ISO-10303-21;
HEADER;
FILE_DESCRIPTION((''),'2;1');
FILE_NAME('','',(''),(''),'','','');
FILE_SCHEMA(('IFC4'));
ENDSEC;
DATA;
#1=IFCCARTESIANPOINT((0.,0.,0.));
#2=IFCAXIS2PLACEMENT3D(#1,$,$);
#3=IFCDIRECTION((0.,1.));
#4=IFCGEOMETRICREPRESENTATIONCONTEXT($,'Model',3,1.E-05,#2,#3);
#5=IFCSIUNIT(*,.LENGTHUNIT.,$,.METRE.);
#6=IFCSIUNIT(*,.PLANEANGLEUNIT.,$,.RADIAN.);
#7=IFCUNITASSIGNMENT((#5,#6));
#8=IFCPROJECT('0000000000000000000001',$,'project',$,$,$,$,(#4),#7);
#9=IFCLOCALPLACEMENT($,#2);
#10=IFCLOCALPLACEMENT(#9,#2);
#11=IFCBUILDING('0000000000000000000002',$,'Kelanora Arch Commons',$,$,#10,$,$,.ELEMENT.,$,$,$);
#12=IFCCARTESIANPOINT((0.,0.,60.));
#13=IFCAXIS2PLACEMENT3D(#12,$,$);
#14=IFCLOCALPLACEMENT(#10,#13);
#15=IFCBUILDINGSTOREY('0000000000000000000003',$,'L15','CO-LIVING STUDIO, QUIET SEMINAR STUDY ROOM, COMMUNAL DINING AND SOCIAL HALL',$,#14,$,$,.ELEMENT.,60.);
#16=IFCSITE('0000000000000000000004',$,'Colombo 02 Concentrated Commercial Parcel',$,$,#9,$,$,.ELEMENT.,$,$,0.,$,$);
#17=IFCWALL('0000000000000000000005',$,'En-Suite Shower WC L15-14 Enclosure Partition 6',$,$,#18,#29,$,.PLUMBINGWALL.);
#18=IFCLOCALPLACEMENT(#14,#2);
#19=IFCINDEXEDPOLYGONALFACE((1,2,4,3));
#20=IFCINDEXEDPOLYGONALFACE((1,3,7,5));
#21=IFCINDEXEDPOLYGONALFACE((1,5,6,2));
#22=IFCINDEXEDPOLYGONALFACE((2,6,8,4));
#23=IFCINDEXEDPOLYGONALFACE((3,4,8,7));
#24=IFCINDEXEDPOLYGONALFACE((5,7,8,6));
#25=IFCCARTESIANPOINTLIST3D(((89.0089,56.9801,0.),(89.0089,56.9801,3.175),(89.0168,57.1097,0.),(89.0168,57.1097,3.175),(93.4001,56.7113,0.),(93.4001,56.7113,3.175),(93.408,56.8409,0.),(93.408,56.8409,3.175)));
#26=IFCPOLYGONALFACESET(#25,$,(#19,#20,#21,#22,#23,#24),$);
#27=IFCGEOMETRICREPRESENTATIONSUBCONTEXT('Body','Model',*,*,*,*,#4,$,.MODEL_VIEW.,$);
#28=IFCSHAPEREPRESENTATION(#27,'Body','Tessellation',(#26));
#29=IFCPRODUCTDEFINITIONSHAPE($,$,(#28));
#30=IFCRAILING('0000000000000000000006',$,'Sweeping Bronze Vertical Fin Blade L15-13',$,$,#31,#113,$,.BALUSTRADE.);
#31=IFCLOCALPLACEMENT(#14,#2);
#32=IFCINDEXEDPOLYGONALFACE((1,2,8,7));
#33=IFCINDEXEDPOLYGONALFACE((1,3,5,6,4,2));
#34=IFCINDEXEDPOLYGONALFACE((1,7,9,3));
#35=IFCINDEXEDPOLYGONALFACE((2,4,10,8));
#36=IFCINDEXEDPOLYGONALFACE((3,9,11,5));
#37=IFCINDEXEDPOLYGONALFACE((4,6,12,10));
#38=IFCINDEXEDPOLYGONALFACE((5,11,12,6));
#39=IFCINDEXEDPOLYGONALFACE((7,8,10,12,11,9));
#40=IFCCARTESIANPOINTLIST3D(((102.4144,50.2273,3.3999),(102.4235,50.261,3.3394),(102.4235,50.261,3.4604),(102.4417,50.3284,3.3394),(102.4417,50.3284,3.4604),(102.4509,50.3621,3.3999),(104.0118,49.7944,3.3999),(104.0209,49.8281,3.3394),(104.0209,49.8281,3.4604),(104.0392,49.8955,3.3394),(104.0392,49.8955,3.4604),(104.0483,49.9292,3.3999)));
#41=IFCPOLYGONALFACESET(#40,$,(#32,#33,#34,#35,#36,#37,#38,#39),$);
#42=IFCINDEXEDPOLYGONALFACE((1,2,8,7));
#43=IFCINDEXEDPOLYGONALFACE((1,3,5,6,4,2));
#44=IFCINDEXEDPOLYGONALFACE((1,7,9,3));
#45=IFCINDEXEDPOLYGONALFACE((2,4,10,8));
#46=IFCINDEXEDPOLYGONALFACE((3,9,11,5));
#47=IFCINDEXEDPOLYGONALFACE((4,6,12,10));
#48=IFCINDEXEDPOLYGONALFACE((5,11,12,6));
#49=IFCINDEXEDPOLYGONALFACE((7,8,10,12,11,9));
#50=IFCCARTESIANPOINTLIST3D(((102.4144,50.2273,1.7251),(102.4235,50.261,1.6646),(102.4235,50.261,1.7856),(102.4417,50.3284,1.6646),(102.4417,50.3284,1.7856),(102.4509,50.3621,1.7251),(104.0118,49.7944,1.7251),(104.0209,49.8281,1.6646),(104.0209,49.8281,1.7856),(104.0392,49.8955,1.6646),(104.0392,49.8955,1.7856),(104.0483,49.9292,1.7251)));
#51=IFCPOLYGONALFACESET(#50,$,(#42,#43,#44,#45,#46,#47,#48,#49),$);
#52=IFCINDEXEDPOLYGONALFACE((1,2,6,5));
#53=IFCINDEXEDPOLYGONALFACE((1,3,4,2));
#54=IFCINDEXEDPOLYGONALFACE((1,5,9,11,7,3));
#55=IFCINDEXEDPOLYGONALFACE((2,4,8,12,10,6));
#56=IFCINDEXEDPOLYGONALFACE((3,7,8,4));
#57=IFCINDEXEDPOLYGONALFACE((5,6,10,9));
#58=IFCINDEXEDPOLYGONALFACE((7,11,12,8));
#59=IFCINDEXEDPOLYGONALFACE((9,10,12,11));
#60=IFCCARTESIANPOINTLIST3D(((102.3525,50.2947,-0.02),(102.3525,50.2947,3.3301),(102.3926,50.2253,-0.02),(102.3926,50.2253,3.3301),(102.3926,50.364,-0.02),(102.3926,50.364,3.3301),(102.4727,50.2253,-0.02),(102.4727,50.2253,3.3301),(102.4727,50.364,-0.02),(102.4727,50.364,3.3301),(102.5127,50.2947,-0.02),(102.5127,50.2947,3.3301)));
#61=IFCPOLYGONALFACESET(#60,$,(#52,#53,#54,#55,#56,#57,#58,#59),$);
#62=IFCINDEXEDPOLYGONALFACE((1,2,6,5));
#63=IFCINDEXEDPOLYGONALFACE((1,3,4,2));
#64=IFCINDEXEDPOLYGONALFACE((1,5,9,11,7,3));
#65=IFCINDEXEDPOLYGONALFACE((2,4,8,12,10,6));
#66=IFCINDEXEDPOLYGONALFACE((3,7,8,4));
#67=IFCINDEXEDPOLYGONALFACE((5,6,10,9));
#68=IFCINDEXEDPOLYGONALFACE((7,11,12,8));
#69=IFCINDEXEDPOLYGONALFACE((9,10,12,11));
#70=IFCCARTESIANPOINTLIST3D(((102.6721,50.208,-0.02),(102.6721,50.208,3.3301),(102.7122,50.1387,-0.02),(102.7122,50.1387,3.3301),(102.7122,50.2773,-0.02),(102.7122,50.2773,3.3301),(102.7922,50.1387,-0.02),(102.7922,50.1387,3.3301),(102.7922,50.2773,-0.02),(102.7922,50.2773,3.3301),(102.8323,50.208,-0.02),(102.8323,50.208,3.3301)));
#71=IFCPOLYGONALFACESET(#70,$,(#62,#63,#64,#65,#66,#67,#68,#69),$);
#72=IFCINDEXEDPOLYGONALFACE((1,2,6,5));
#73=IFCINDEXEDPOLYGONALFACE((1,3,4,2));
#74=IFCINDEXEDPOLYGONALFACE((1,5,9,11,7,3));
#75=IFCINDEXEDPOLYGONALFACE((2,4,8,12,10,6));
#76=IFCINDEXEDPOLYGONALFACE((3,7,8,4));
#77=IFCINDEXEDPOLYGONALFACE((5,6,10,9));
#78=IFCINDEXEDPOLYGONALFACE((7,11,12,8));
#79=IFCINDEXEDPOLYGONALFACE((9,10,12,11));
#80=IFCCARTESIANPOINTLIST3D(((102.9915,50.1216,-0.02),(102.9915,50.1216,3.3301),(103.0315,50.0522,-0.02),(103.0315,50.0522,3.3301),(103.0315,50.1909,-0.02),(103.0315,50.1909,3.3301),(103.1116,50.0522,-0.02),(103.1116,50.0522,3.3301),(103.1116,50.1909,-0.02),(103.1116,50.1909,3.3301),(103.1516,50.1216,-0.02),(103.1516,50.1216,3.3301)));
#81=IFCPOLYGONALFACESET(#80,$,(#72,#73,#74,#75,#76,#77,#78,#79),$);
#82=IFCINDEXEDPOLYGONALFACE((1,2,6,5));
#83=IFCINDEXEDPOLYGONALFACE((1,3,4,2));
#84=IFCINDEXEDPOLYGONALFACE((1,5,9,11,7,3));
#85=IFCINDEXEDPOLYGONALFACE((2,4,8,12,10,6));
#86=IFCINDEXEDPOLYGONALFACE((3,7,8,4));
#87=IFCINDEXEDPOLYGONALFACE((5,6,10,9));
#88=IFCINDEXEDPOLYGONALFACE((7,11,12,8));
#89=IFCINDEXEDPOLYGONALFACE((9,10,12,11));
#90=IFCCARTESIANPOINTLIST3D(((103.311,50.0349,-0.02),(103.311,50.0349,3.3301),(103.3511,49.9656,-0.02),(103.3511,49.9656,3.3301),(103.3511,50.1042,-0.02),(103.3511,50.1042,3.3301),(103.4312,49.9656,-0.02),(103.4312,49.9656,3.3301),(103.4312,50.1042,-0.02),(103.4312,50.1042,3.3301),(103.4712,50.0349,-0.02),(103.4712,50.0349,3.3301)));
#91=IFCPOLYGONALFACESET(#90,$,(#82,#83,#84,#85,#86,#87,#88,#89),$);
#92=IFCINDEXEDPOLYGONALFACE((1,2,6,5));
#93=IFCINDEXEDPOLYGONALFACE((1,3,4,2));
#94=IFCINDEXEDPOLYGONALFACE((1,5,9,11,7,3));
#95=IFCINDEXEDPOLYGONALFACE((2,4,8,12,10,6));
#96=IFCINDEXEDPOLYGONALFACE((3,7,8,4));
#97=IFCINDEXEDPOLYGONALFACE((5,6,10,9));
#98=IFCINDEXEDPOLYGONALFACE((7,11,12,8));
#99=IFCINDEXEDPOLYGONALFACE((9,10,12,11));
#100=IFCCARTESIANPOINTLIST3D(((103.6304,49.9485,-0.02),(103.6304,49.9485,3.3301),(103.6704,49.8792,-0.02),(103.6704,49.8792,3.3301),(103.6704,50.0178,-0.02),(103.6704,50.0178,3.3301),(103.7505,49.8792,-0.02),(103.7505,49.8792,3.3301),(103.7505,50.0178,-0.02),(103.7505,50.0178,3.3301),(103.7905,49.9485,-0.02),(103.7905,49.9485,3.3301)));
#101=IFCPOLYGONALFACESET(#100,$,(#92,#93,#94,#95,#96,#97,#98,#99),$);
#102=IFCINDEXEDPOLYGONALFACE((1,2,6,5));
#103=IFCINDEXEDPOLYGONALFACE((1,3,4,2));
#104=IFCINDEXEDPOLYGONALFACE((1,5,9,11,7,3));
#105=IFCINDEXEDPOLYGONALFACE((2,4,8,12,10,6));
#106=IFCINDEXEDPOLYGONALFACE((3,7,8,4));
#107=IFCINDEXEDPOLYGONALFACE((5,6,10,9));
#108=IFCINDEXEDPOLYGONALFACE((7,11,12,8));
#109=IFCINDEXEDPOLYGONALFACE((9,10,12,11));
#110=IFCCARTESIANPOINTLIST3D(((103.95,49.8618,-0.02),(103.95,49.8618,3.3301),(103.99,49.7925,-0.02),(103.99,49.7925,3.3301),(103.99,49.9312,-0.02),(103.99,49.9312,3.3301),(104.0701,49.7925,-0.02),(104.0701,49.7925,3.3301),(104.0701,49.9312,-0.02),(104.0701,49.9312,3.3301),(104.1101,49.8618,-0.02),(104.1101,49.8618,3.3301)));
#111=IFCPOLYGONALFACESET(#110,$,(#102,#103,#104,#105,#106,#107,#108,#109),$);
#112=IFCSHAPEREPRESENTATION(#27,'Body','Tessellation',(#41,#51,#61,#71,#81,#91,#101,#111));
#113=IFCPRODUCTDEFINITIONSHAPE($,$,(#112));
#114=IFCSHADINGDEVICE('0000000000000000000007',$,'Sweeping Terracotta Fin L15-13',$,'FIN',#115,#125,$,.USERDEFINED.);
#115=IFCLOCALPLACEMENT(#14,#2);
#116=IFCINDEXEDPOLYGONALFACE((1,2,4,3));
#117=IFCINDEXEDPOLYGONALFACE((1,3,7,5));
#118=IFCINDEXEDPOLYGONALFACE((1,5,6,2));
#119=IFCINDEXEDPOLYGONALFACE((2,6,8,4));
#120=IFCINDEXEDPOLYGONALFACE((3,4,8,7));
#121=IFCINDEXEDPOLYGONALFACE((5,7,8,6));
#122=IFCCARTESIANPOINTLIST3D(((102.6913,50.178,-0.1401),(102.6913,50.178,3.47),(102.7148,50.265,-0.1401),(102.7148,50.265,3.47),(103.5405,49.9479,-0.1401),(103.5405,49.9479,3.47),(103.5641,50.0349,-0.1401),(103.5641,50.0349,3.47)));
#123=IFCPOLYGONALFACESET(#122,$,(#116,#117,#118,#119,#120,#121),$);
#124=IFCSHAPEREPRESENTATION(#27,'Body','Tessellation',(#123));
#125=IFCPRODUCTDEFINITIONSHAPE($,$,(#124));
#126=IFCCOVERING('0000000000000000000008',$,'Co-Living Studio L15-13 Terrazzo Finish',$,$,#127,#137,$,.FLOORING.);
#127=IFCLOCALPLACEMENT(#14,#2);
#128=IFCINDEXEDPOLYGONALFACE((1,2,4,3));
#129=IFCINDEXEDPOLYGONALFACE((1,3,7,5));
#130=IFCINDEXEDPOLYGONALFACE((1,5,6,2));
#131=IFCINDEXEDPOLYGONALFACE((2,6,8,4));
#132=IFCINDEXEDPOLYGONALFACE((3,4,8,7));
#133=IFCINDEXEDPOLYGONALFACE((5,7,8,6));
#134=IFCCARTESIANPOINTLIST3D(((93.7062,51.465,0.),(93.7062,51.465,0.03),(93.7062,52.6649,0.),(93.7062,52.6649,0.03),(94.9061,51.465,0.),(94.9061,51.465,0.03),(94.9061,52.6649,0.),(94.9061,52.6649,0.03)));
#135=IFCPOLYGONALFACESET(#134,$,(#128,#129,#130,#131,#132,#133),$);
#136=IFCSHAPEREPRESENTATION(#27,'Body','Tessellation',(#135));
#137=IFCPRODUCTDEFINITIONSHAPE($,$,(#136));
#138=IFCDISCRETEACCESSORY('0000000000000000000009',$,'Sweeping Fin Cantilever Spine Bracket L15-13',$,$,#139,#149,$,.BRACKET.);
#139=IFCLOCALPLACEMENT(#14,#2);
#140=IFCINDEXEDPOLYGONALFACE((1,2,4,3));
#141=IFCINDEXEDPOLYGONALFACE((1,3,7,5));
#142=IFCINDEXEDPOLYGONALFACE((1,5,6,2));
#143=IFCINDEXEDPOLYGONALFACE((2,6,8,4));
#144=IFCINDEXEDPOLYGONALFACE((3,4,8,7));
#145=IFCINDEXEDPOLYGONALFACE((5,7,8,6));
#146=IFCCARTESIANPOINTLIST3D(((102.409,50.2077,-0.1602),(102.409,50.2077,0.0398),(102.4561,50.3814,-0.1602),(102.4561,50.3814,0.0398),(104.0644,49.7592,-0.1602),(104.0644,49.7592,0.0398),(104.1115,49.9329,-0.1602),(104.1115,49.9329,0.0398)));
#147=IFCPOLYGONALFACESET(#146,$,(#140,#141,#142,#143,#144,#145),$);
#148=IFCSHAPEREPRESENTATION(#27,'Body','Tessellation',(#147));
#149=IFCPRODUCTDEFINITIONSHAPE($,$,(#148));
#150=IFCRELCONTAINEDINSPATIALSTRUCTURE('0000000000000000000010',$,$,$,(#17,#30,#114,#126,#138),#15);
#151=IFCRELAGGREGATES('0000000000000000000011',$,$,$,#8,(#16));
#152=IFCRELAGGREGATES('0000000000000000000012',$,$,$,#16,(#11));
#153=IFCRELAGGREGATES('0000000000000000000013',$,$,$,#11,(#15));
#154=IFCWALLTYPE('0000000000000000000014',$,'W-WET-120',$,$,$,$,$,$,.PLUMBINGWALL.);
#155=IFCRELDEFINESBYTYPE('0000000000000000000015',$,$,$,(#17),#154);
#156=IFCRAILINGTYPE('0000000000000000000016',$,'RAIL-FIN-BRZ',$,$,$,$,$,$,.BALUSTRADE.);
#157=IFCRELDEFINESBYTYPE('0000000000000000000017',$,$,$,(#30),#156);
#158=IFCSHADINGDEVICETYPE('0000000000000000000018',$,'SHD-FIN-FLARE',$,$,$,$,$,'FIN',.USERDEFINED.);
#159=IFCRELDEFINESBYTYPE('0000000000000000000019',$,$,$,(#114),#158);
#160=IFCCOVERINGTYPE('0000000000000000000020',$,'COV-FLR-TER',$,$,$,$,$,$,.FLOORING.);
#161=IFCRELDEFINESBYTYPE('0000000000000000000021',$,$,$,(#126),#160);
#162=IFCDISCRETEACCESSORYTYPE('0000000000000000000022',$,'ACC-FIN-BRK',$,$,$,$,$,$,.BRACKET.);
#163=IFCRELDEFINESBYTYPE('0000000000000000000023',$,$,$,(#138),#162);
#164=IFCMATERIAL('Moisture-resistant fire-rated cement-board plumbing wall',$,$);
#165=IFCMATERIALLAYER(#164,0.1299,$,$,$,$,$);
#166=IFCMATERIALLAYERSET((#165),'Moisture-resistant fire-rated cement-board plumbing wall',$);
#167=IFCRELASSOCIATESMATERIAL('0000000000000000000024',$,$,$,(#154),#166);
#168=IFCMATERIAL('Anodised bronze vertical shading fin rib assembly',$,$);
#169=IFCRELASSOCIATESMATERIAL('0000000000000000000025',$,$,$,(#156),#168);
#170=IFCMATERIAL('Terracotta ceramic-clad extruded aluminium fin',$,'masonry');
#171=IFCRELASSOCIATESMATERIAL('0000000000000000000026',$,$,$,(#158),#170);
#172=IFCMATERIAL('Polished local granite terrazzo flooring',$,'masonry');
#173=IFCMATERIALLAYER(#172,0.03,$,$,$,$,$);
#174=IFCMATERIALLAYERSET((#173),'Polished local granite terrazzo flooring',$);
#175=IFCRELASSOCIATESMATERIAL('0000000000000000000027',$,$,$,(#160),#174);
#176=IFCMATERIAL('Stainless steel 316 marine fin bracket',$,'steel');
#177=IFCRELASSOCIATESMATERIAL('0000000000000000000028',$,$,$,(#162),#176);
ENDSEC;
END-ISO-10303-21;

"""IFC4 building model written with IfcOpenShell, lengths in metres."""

from ifc_helpers import new_model, si_unit, direction, frame, frame_2d, origin, origin_2d, place, context, subcontext, project, spatial, polyline, rectangle, outline, extrude, source, transform, mapped, material, layer, layer_set, type_object, element, save


model = new_model("IFC4")

# Units and contexts
model_context = context("Model", 3, precision=1e-05, world=origin(), true_north=direction((0.0, 1.0)))
body_context = subcontext(model_context, "Body", "Model", "MODEL_VIEW")
ifc_project = project(units=[si_unit("LENGTHUNIT", "METRE"), si_unit("PLANEANGLEUNIT", "RADIAN")], contexts=[model_context])

# Site, building, storey
site_placement = place(None, origin())
site = spatial("IfcSite", under=ifc_project, at=site_placement, Name="Colombo 02 Concentrated Commercial Parcel", CompositionType="ELEMENT", RefElevation=0.0)
building_placement = place(site_placement, origin())
building = spatial("IfcBuilding", under=site, at=building_placement, Name="Kelanora Arch Commons", CompositionType="ELEMENT")
storey_placement = place(building_placement, frame((0.0, 0.0, 60.0)))
storey = spatial("IfcBuildingStorey", under=building, at=storey_placement, Name="L15", Description="CO-LIVING STUDIO, QUIET SEMINAR STUDY ROOM, COMMUNAL DINING AND SOCIAL HALL", CompositionType="ELEMENT", Elevation=60.0)

# Shared definitions
ifc_material_1 = material(Name="Moisture-resistant fire-rated cement-board plumbing wall")
ifc_layer_1 = layer(ifc_material_1, 0.1299)
ifc_layer_set_1 = layer_set([ifc_layer_1], Name="Moisture-resistant fire-rated cement-board plumbing wall")
wall_type_1 = type_object("IfcWallType", Name="W-WET-120", PredefinedType="PLUMBINGWALL", material=ifc_layer_set_1)

# Wall
wall_1_placement = place(storey_placement, frame((93.4041, 56.7761, 0.0), z_axis=(0.0, 0.0, 1.0), x_axis=(-0.998132, 0.0611, 0.0)))
element("IfcWall", 1, at=wall_1_placement, inside=storey, type_object=wall_type_1, Name="En-Suite Shower WC L15-14 Enclosure Partition 6", PredefinedType="PLUMBINGWALL", context=body_context, shape_type="SweptSolid", body=[
    extrude(rectangle(XDim=4.3994, YDim=0.1299, at=frame_2d((2.1997, 0.0))), origin(), (0.0, 0.0, 1.0), 3.175),
])

# Railing
ifc_material_2 = material(Name="Anodised bronze vertical shading fin rib assembly")
railing_type = type_object("IfcRailingType", Name="RAIL-FIN-BRZ", PredefinedType="BALUSTRADE", material=ifc_material_2)
railing_placement = place(storey_placement, frame((102.4326, 50.2947, -0.02)))
element("IfcRailing", 2, at=railing_placement, inside=storey, type_object=railing_type, Name="Sweeping Bronze Vertical Fin Blade L15-13", PredefinedType="BALUSTRADE", context=body_context, shape_type="SweptSolid", body=[
    extrude(outline(polyline([(0.0698, 0.0), (0.0349, 0.0605), (-0.0349, 0.0605), (-0.0698, 0.0), (-0.0349, -0.0605), (0.0349, -0.0605), (0.0698, 0.0)])), frame((0.0, 0.0, 3.4199), z_axis=(0.965191, -0.261544, 0.0), x_axis=(0.261544, 0.965191, 0.0)), (0.0, 0.0, 1.0), 1.655),
    extrude(outline(polyline([(0.0698, 0.0), (0.0349, 0.0605), (-0.0349, 0.0605), (-0.0698, 0.0), (-0.0349, -0.0605), (0.0349, -0.0605), (0.0698, 0.0)])), frame((0.0, 0.0, 1.7451), z_axis=(0.965191, -0.261544, 0.0), x_axis=(0.261544, 0.965191, 0.0)), (0.0, 0.0, 1.0), 1.655),
    extrude(outline(polyline([(0.0801, 0.0), (0.04, 0.0693), (-0.04, 0.0693), (-0.0801, 0.0), (-0.04, -0.0693), (0.04, -0.0693), (0.0801, 0.0)])), origin(), (0.0, 0.0, 1.0), 3.3501),
    extrude(outline(polyline([(0.0801, 0.0), (0.04, 0.0693), (-0.04, 0.0693), (-0.0801, 0.0), (-0.04, -0.0693), (0.04, -0.0693), (0.0801, 0.0)])), frame((0.3196, -0.0867, 0.0)), (0.0, 0.0, 1.0), 3.3501),
    extrude(outline(polyline([(0.0801, 0.0), (0.04, 0.0693), (-0.04, 0.0693), (-0.0801, 0.0), (-0.04, -0.0693), (0.04, -0.0693), (0.0801, 0.0)])), frame((0.6389, -0.1731, 0.0)), (0.0, 0.0, 1.0), 3.3501),
    extrude(outline(polyline([(0.0801, 0.0), (0.04, 0.0693), (-0.04, 0.0693), (-0.0801, 0.0), (-0.04, -0.0693), (0.04, -0.0693), (0.0801, 0.0)])), frame((0.9585, -0.2598, 0.0)), (0.0, 0.0, 1.0), 3.3501),
    extrude(outline(polyline([(0.0801, 0.0), (0.04, 0.0693), (-0.04, 0.0693), (-0.0801, 0.0), (-0.04, -0.0693), (0.04, -0.0693), (0.0801, 0.0)])), frame((1.2778, -0.3462, 0.0)), (0.0, 0.0, 1.0), 3.3501),
    extrude(outline(polyline([(0.0801, 0.0), (0.04, 0.0693), (-0.04, 0.0693), (-0.0801, 0.0), (-0.04, -0.0693), (0.04, -0.0693), (0.0801, 0.0)])), frame((1.5974, -0.4329, 0.0)), (0.0, 0.0, 1.0), 3.3501),
])

# Shading device
ifc_material_3 = material(Name="Terracotta ceramic-clad extruded aluminium fin", Category="masonry")
shading_device_type = type_object("IfcShadingDeviceType", Name="SHD-FIN-FLARE", ElementType="FIN", PredefinedType="USERDEFINED", material=ifc_material_3)
shared_shape_1 = source(origin(), body_context, "Body", "SweptSolid", [
    extrude(rectangle(XDim=0.8799, YDim=0.0901, at=origin_2d()), origin(), (0.0, 0.0, 1.0), 3.6101),
])
shading_device_placement = place(storey_placement, frame((103.1277, 50.1064, -0.1401), z_axis=(0.0, 0.0, 1.0), x_axis=(0.965199, -0.261515, 0.0)))
element("IfcShadingDevice", 3, at=shading_device_placement, inside=storey, type_object=shading_device_type, Name="Sweeping Terracotta Fin L15-13", ObjectType="FIN", PredefinedType="USERDEFINED", context=body_context, shape_type="MappedRepresentation", body=[
    mapped(shared_shape_1, transform((0.0, 0.0, 0.0), scale=1.0)),
])

# Covering
ifc_material_4 = material(Name="Polished local granite terrazzo flooring", Category="masonry")
ifc_layer_2 = layer(ifc_material_4, 0.03)
ifc_layer_set_2 = layer_set([ifc_layer_2], Name="Polished local granite terrazzo flooring")
covering_type = type_object("IfcCoveringType", Name="COV-FLR-TER", PredefinedType="FLOORING", material=ifc_layer_set_2)
shared_shape_2 = source(origin(), body_context, "Body", "SweptSolid", [
    extrude(rectangle(XDim=1.2, YDim=1.2, at=origin_2d()), origin(), (0.0, 0.0, 1.0), 0.03),
])
covering_placement = place(storey_placement, frame((94.3062, 52.0649, 0.0), z_axis=(0.0, 0.0, 1.0), x_axis=(1.0, 0.0, 0.0)))
element("IfcCovering", 4, at=covering_placement, inside=storey, type_object=covering_type, Name="Co-Living Studio L15-13 Terrazzo Finish", PredefinedType="FLOORING", context=body_context, shape_type="MappedRepresentation", body=[
    mapped(shared_shape_2, transform((0.0, 0.0, 0.0), scale=1.0)),
])

# Discrete accessory
ifc_material_5 = material(Name="Stainless steel 316 marine fin bracket", Category="steel")
discrete_accessory_type = type_object("IfcDiscreteAccessoryType", Name="ACC-FIN-BRK", PredefinedType="BRACKET", material=ifc_material_5)
shared_shape_3 = source(origin(), body_context, "Body", "SweptSolid", [
    extrude(rectangle(XDim=1.7151, YDim=0.1799, at=origin_2d()), origin(), (0.0, 0.0, 1.0), 0.2),
])
discrete_accessory_placement = place(storey_placement, frame((103.2603, 50.0703, -0.1602), z_axis=(0.0, 0.0, 1.0), x_axis=(0.965199, -0.261515, 0.0)))
element("IfcDiscreteAccessory", 5, at=discrete_accessory_placement, inside=storey, type_object=discrete_accessory_type, Name="Sweeping Fin Cantilever Spine Bracket L15-13", PredefinedType="BRACKET", context=body_context, shape_type="MappedRepresentation", body=[
    mapped(shared_shape_3, transform((0.0, 0.0, 0.0), scale=1.0)),
])

save(model, "model.ifc")
